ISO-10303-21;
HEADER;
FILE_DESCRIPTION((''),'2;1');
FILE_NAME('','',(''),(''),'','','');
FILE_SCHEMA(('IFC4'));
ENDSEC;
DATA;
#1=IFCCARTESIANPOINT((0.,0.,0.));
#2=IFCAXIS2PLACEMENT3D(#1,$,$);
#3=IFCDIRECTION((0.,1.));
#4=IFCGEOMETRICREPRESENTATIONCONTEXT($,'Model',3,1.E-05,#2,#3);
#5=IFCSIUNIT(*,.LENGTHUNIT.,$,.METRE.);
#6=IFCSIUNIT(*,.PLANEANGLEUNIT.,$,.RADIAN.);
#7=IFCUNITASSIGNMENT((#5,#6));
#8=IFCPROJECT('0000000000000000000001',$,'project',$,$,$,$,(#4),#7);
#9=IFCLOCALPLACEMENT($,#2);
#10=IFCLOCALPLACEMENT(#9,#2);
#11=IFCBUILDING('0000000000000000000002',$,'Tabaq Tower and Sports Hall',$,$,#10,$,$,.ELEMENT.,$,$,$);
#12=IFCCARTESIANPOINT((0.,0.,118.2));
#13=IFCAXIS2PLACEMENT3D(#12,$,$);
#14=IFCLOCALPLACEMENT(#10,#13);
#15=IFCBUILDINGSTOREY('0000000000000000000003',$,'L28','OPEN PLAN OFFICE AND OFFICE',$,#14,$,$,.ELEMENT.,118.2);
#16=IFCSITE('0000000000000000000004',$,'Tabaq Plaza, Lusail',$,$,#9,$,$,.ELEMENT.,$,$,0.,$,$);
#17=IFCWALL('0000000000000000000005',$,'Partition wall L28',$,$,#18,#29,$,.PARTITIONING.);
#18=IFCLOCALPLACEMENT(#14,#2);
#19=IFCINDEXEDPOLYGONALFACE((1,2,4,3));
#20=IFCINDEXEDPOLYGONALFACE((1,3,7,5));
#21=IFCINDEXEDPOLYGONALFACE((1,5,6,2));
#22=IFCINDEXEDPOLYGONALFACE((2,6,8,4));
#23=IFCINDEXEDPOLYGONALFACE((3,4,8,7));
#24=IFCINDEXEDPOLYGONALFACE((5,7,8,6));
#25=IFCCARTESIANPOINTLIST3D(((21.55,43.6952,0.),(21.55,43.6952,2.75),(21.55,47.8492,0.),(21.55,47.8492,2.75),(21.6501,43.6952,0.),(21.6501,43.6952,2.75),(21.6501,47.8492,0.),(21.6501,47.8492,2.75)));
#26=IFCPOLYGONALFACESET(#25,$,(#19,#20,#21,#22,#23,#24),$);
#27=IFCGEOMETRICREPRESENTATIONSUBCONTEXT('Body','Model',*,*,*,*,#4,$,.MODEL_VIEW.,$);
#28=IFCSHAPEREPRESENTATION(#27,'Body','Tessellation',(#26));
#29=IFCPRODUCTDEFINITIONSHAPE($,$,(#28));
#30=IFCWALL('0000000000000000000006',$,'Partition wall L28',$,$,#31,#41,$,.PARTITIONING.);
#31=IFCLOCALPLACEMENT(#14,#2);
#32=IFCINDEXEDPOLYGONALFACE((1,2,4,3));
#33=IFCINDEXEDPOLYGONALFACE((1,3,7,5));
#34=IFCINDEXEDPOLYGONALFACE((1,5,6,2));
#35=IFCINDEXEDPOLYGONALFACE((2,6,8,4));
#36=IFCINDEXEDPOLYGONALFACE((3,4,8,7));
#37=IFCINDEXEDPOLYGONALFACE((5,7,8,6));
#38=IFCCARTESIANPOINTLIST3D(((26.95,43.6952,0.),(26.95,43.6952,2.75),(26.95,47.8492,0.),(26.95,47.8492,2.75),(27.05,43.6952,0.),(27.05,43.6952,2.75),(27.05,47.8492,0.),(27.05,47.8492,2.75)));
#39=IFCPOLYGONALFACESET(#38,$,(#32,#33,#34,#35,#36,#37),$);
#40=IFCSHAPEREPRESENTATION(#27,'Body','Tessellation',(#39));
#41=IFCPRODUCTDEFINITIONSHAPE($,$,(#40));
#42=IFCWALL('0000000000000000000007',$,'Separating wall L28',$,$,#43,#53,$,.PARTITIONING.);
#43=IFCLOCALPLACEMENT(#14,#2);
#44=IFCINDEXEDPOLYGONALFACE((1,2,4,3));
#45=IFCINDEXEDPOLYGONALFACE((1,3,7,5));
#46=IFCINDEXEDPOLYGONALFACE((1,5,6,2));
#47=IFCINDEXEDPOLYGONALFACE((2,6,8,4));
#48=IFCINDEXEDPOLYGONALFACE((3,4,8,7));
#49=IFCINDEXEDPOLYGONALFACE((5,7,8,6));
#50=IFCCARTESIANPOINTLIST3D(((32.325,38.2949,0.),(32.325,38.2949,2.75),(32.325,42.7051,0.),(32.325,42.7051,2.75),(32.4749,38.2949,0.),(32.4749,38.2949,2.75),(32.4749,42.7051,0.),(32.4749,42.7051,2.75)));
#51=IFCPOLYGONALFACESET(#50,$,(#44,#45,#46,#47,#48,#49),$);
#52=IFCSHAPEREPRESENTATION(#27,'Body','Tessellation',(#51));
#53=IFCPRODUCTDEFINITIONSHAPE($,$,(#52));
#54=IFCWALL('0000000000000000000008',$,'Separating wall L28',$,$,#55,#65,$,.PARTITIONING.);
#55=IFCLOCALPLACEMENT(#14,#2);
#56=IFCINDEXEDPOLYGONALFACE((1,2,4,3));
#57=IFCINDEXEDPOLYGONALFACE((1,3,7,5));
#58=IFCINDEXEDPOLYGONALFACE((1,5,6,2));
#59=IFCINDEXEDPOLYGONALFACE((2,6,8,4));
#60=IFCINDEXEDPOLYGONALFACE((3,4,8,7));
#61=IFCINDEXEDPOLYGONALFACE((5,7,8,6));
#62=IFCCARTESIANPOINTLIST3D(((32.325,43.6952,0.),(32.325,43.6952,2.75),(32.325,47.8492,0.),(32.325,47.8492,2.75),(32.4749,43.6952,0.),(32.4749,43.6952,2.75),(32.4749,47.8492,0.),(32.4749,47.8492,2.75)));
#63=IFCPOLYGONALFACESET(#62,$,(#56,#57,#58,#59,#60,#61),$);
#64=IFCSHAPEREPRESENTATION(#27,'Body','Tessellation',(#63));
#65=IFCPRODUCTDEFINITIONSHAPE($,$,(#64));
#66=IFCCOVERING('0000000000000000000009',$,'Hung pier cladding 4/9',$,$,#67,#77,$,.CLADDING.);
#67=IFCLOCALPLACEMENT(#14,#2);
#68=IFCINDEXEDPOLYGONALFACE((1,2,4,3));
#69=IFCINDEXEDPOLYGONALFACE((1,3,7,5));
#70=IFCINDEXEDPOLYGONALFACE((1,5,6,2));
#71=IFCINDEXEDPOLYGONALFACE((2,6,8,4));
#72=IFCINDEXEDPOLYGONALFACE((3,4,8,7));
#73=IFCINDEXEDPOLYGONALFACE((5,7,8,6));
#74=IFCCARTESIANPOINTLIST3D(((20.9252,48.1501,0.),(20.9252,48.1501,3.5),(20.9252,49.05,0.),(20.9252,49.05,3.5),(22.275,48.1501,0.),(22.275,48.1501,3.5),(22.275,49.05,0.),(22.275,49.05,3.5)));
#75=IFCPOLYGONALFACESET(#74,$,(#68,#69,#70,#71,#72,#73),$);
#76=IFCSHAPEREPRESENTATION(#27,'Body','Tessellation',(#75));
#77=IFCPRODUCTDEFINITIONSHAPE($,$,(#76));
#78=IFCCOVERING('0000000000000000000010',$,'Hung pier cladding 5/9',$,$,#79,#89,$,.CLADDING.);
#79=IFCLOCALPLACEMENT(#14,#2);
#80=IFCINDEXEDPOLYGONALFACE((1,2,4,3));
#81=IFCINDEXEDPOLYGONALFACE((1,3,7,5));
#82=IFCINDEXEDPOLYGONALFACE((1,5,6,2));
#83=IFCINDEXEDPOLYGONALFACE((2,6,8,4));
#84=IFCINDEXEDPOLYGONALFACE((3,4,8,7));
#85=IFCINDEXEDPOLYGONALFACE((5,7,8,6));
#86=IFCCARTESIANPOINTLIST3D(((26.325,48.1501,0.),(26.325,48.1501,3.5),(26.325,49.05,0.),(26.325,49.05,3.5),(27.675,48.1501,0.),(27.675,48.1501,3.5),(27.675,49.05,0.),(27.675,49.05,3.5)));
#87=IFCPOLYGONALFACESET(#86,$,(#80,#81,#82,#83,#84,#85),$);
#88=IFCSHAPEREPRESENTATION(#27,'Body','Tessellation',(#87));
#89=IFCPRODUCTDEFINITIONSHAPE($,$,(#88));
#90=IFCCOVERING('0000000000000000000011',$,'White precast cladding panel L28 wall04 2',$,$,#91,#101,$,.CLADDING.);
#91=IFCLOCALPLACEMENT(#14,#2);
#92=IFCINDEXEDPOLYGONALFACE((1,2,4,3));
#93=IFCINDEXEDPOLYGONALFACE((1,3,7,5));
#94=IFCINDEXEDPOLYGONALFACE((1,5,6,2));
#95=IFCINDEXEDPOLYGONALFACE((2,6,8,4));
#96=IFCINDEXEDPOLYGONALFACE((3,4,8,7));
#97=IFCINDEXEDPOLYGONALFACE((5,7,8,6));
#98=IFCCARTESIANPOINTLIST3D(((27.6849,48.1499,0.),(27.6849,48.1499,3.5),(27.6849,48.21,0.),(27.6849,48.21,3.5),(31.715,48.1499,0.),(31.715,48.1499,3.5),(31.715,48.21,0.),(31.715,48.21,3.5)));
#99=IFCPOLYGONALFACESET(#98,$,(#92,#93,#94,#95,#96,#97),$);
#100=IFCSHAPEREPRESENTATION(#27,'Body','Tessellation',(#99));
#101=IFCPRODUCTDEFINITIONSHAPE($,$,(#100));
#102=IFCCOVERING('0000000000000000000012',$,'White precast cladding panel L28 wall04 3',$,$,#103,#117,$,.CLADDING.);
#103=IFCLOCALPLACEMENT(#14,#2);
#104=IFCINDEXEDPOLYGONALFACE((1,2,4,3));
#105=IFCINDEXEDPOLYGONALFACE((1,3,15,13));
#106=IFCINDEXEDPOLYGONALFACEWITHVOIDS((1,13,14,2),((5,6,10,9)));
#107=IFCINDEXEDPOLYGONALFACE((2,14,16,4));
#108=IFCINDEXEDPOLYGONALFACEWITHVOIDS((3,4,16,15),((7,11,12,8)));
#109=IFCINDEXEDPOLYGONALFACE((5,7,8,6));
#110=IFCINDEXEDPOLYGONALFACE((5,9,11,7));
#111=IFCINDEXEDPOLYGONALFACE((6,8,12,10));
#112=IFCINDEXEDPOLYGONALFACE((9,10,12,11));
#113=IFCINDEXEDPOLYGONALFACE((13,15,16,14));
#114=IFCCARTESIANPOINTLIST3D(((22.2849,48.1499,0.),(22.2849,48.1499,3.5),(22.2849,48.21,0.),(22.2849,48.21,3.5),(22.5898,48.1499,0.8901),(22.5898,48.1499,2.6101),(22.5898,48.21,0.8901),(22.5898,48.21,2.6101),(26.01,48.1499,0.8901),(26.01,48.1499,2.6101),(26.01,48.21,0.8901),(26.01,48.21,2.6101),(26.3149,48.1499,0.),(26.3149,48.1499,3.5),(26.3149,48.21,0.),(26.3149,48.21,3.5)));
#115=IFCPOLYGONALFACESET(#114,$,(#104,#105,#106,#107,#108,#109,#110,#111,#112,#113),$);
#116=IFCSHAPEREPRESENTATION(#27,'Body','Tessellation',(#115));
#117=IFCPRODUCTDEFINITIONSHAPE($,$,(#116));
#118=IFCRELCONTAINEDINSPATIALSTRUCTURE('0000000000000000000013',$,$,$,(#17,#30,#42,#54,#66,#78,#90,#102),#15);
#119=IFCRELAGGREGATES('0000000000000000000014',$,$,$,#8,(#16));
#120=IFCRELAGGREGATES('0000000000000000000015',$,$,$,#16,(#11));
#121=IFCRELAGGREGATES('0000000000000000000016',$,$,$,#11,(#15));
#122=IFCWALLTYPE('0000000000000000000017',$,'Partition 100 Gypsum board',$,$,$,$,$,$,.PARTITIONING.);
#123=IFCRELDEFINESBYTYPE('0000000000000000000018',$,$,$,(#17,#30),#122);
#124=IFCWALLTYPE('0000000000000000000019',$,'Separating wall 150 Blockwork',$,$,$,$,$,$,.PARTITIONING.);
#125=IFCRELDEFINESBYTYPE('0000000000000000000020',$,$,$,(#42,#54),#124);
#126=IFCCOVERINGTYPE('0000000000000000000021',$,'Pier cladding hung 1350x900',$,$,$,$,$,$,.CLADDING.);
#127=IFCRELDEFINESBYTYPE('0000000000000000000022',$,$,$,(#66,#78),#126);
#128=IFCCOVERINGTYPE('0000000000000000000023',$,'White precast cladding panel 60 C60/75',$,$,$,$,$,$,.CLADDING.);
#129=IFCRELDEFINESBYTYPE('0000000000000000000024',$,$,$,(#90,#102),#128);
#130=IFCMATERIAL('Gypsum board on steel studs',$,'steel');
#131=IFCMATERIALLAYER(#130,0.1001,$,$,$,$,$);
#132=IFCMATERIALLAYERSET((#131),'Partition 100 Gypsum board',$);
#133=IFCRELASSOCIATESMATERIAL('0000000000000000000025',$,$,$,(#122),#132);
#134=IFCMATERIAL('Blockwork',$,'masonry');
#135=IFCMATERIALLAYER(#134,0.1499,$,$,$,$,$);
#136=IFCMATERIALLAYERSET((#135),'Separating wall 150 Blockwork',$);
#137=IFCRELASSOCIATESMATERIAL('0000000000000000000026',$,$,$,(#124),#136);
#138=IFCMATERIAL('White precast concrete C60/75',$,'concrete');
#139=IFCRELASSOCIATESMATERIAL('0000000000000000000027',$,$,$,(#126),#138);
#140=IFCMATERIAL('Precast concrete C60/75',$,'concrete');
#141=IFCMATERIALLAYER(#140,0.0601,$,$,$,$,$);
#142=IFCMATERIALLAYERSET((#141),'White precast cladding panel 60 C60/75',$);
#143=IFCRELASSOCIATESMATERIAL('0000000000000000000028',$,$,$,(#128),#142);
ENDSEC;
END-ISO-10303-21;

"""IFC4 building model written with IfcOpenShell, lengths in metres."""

from ifc_helpers import new_model, si_unit, direction, frame, frame_2d, origin, place, context, subcontext, project, spatial, polyline, rectangle, outline, extrude, material, layer, layer_set, type_object, element, save


model = new_model("IFC4")

# Units and contexts
model_context = context("Model", 3, precision=1e-05, world=origin(), true_north=direction((0.0, 1.0)))
body_context = subcontext(model_context, "Body", "Model", "MODEL_VIEW")
ifc_project = project(units=[si_unit("LENGTHUNIT", "METRE"), si_unit("PLANEANGLEUNIT", "RADIAN")], contexts=[model_context])

# Site, building, storey
site_placement = place(None, origin())
site = spatial("IfcSite", under=ifc_project, at=site_placement, Name="Tabaq Plaza, Lusail", CompositionType="ELEMENT", RefElevation=0.0)
building_placement = place(site_placement, origin())
building = spatial("IfcBuilding", under=site, at=building_placement, Name="Tabaq Tower and Sports Hall", CompositionType="ELEMENT")
storey_placement = place(building_placement, frame((0.0, 0.0, 118.2)))
storey = spatial("IfcBuildingStorey", under=building, at=storey_placement, Name="L28", Description="OPEN PLAN OFFICE AND OFFICE", CompositionType="ELEMENT", Elevation=118.2)

# Shared definitions
ifc_material_1 = material(Name="Gypsum board on steel studs", Category="steel")
ifc_layer_1 = layer(ifc_material_1, 0.1001)
ifc_layer_set_1 = layer_set([ifc_layer_1], Name="Partition 100 Gypsum board")
wall_type_1 = type_object("IfcWallType", Name="Partition 100 Gypsum board", PredefinedType="PARTITIONING", material=ifc_layer_set_1)

# Walls
for number, where, z_axis, x_axis, name in (
    (1, (21.6001, 43.6951, 0.0), (0.0, 0.0, 1.0), (0.0, 1.0, 0.0), "Partition wall L28"),
    (2, (27.0, 43.6951, 0.0), (0.0, 0.0, 1.0), (0.0, 1.0, 0.0), "Partition wall L28"),
):
    element("IfcWall", number, at=place(storey_placement, frame(where, z_axis=z_axis, x_axis=x_axis)), inside=storey, type_object=wall_type_1, Name=name, PredefinedType="PARTITIONING", context=body_context, shape_type="SweptSolid", body=[
        extrude(rectangle(XDim=4.1541, YDim=0.1001, at=frame_2d((2.0771, 0.0))), origin(), (0.0, 0.0, 1.0), 2.75),
    ])
ifc_material_2 = material(Name="Blockwork", Category="masonry")
ifc_layer_2 = layer(ifc_material_2, 0.1499)
ifc_layer_set_2 = layer_set([ifc_layer_2], Name="Separating wall 150 Blockwork")
wall_type_2 = type_object("IfcWallType", Name="Separating wall 150 Blockwork", PredefinedType="PARTITIONING", material=ifc_layer_set_2)
wall_1_placement = place(storey_placement, frame((32.3999, 38.2949, 0.0), z_axis=(0.0, 0.0, 1.0), x_axis=(0.0, 1.0, 0.0)))
element("IfcWall", 3, at=wall_1_placement, inside=storey, type_object=wall_type_2, Name="Separating wall L28", PredefinedType="PARTITIONING", context=body_context, shape_type="SweptSolid", body=[
    extrude(rectangle(XDim=4.4102, YDim=0.1499, at=frame_2d((2.2051, 0.0))), origin(), (0.0, 0.0, 1.0), 2.75),
])
wall_2_placement = place(storey_placement, frame((32.3999, 43.6951, 0.0), z_axis=(0.0, 0.0, 1.0), x_axis=(0.0, 1.0, 0.0)))
element("IfcWall", 4, at=wall_2_placement, inside=storey, type_object=wall_type_2, Name="Separating wall L28", PredefinedType="PARTITIONING", context=body_context, shape_type="SweptSolid", body=[
    extrude(rectangle(XDim=4.1541, YDim=0.1499, at=frame_2d((2.0771, 0.0))), origin(), (0.0, 0.0, 1.0), 2.75),
])

# Coverings
ifc_material_3 = material(Name="White precast concrete C60/75", Category="concrete")
covering_type_1 = type_object("IfcCoveringType", Name="Pier cladding hung 1350x900", PredefinedType="CLADDING", material=ifc_material_3)
covering_1_placement = place(storey_placement, frame((22.2749, 48.6001, 0.0), z_axis=(0.0, 0.0, 1.0), x_axis=(-1.0, 0.0, 0.0)))
element("IfcCovering", 5, at=covering_1_placement, inside=storey, type_object=covering_type_1, Name="Hung pier cladding 4/9", PredefinedType="CLADDING", context=body_context, shape_type="SweptSolid", body=[
    extrude(rectangle(XDim=1.3499, YDim=0.8999, at=frame_2d((0.6748, 0.0))), origin(), (0.0, 0.0, 1.0), 3.5),
])
covering_2_placement = place(storey_placement, frame((27.675, 48.6001, 0.0), z_axis=(0.0, 0.0, 1.0), x_axis=(-1.0, 0.0, 0.0)))
element("IfcCovering", 6, at=covering_2_placement, inside=storey, type_object=covering_type_1, Name="Hung pier cladding 5/9", PredefinedType="CLADDING", context=body_context, shape_type="SweptSolid", body=[
    extrude(rectangle(XDim=1.3501, YDim=0.8999, at=frame_2d((0.675, 0.0))), origin(), (0.0, 0.0, 1.0), 3.5),
])
ifc_material_4 = material(Name="Precast concrete C60/75", Category="concrete")
ifc_layer_3 = layer(ifc_material_4, 0.0601)
ifc_layer_set_3 = layer_set([ifc_layer_3], Name="White precast cladding panel 60 C60/75")
covering_type_2 = type_object("IfcCoveringType", Name="White precast cladding panel 60 C60/75", PredefinedType="CLADDING", material=ifc_layer_set_3)
covering_3_placement = place(storey_placement, frame((31.7151, 48.1799, 0.0), z_axis=(0.0, 0.0, 1.0), x_axis=(-1.0, 0.0, 0.0)))
element("IfcCovering", 7, at=covering_3_placement, inside=storey, type_object=covering_type_2, Name="White precast cladding panel L28 wall04 2", PredefinedType="CLADDING", context=body_context, shape_type="SweptSolid", body=[
    extrude(rectangle(XDim=4.03, YDim=0.0601, at=frame_2d((2.0151, 0.0))), origin(), (0.0, 0.0, 1.0), 3.5),
])
covering_4_placement = place(storey_placement, frame((26.3149, 48.1799, 0.0), z_axis=(0.0, 0.0, 1.0), x_axis=(-1.0, 0.0, 0.0)))
element("IfcCovering", 8, at=covering_4_placement, inside=storey, type_object=covering_type_2, Name="White precast cladding panel L28 wall04 3", PredefinedType="CLADDING", context=body_context, shape_type="SweptSolid", body=[
    extrude(outline(polyline([(0.0, 0.0), (4.03, 0.0), (4.03, 3.5), (0.0, 3.5), (0.0, 0.0)]), holes=[polyline([(0.3049, 0.8901), (0.3049, 2.6101), (3.7251, 2.6101), (3.7251, 0.8901), (0.3049, 0.8901)])]), frame((0.0, 0.03, 0.0), z_axis=(0.0, -1.0, 0.0), x_axis=(1.0, 0.0, 0.0)), (0.0, 0.0, 1.0), 0.0601),
])

save(model, "model.ifc")
